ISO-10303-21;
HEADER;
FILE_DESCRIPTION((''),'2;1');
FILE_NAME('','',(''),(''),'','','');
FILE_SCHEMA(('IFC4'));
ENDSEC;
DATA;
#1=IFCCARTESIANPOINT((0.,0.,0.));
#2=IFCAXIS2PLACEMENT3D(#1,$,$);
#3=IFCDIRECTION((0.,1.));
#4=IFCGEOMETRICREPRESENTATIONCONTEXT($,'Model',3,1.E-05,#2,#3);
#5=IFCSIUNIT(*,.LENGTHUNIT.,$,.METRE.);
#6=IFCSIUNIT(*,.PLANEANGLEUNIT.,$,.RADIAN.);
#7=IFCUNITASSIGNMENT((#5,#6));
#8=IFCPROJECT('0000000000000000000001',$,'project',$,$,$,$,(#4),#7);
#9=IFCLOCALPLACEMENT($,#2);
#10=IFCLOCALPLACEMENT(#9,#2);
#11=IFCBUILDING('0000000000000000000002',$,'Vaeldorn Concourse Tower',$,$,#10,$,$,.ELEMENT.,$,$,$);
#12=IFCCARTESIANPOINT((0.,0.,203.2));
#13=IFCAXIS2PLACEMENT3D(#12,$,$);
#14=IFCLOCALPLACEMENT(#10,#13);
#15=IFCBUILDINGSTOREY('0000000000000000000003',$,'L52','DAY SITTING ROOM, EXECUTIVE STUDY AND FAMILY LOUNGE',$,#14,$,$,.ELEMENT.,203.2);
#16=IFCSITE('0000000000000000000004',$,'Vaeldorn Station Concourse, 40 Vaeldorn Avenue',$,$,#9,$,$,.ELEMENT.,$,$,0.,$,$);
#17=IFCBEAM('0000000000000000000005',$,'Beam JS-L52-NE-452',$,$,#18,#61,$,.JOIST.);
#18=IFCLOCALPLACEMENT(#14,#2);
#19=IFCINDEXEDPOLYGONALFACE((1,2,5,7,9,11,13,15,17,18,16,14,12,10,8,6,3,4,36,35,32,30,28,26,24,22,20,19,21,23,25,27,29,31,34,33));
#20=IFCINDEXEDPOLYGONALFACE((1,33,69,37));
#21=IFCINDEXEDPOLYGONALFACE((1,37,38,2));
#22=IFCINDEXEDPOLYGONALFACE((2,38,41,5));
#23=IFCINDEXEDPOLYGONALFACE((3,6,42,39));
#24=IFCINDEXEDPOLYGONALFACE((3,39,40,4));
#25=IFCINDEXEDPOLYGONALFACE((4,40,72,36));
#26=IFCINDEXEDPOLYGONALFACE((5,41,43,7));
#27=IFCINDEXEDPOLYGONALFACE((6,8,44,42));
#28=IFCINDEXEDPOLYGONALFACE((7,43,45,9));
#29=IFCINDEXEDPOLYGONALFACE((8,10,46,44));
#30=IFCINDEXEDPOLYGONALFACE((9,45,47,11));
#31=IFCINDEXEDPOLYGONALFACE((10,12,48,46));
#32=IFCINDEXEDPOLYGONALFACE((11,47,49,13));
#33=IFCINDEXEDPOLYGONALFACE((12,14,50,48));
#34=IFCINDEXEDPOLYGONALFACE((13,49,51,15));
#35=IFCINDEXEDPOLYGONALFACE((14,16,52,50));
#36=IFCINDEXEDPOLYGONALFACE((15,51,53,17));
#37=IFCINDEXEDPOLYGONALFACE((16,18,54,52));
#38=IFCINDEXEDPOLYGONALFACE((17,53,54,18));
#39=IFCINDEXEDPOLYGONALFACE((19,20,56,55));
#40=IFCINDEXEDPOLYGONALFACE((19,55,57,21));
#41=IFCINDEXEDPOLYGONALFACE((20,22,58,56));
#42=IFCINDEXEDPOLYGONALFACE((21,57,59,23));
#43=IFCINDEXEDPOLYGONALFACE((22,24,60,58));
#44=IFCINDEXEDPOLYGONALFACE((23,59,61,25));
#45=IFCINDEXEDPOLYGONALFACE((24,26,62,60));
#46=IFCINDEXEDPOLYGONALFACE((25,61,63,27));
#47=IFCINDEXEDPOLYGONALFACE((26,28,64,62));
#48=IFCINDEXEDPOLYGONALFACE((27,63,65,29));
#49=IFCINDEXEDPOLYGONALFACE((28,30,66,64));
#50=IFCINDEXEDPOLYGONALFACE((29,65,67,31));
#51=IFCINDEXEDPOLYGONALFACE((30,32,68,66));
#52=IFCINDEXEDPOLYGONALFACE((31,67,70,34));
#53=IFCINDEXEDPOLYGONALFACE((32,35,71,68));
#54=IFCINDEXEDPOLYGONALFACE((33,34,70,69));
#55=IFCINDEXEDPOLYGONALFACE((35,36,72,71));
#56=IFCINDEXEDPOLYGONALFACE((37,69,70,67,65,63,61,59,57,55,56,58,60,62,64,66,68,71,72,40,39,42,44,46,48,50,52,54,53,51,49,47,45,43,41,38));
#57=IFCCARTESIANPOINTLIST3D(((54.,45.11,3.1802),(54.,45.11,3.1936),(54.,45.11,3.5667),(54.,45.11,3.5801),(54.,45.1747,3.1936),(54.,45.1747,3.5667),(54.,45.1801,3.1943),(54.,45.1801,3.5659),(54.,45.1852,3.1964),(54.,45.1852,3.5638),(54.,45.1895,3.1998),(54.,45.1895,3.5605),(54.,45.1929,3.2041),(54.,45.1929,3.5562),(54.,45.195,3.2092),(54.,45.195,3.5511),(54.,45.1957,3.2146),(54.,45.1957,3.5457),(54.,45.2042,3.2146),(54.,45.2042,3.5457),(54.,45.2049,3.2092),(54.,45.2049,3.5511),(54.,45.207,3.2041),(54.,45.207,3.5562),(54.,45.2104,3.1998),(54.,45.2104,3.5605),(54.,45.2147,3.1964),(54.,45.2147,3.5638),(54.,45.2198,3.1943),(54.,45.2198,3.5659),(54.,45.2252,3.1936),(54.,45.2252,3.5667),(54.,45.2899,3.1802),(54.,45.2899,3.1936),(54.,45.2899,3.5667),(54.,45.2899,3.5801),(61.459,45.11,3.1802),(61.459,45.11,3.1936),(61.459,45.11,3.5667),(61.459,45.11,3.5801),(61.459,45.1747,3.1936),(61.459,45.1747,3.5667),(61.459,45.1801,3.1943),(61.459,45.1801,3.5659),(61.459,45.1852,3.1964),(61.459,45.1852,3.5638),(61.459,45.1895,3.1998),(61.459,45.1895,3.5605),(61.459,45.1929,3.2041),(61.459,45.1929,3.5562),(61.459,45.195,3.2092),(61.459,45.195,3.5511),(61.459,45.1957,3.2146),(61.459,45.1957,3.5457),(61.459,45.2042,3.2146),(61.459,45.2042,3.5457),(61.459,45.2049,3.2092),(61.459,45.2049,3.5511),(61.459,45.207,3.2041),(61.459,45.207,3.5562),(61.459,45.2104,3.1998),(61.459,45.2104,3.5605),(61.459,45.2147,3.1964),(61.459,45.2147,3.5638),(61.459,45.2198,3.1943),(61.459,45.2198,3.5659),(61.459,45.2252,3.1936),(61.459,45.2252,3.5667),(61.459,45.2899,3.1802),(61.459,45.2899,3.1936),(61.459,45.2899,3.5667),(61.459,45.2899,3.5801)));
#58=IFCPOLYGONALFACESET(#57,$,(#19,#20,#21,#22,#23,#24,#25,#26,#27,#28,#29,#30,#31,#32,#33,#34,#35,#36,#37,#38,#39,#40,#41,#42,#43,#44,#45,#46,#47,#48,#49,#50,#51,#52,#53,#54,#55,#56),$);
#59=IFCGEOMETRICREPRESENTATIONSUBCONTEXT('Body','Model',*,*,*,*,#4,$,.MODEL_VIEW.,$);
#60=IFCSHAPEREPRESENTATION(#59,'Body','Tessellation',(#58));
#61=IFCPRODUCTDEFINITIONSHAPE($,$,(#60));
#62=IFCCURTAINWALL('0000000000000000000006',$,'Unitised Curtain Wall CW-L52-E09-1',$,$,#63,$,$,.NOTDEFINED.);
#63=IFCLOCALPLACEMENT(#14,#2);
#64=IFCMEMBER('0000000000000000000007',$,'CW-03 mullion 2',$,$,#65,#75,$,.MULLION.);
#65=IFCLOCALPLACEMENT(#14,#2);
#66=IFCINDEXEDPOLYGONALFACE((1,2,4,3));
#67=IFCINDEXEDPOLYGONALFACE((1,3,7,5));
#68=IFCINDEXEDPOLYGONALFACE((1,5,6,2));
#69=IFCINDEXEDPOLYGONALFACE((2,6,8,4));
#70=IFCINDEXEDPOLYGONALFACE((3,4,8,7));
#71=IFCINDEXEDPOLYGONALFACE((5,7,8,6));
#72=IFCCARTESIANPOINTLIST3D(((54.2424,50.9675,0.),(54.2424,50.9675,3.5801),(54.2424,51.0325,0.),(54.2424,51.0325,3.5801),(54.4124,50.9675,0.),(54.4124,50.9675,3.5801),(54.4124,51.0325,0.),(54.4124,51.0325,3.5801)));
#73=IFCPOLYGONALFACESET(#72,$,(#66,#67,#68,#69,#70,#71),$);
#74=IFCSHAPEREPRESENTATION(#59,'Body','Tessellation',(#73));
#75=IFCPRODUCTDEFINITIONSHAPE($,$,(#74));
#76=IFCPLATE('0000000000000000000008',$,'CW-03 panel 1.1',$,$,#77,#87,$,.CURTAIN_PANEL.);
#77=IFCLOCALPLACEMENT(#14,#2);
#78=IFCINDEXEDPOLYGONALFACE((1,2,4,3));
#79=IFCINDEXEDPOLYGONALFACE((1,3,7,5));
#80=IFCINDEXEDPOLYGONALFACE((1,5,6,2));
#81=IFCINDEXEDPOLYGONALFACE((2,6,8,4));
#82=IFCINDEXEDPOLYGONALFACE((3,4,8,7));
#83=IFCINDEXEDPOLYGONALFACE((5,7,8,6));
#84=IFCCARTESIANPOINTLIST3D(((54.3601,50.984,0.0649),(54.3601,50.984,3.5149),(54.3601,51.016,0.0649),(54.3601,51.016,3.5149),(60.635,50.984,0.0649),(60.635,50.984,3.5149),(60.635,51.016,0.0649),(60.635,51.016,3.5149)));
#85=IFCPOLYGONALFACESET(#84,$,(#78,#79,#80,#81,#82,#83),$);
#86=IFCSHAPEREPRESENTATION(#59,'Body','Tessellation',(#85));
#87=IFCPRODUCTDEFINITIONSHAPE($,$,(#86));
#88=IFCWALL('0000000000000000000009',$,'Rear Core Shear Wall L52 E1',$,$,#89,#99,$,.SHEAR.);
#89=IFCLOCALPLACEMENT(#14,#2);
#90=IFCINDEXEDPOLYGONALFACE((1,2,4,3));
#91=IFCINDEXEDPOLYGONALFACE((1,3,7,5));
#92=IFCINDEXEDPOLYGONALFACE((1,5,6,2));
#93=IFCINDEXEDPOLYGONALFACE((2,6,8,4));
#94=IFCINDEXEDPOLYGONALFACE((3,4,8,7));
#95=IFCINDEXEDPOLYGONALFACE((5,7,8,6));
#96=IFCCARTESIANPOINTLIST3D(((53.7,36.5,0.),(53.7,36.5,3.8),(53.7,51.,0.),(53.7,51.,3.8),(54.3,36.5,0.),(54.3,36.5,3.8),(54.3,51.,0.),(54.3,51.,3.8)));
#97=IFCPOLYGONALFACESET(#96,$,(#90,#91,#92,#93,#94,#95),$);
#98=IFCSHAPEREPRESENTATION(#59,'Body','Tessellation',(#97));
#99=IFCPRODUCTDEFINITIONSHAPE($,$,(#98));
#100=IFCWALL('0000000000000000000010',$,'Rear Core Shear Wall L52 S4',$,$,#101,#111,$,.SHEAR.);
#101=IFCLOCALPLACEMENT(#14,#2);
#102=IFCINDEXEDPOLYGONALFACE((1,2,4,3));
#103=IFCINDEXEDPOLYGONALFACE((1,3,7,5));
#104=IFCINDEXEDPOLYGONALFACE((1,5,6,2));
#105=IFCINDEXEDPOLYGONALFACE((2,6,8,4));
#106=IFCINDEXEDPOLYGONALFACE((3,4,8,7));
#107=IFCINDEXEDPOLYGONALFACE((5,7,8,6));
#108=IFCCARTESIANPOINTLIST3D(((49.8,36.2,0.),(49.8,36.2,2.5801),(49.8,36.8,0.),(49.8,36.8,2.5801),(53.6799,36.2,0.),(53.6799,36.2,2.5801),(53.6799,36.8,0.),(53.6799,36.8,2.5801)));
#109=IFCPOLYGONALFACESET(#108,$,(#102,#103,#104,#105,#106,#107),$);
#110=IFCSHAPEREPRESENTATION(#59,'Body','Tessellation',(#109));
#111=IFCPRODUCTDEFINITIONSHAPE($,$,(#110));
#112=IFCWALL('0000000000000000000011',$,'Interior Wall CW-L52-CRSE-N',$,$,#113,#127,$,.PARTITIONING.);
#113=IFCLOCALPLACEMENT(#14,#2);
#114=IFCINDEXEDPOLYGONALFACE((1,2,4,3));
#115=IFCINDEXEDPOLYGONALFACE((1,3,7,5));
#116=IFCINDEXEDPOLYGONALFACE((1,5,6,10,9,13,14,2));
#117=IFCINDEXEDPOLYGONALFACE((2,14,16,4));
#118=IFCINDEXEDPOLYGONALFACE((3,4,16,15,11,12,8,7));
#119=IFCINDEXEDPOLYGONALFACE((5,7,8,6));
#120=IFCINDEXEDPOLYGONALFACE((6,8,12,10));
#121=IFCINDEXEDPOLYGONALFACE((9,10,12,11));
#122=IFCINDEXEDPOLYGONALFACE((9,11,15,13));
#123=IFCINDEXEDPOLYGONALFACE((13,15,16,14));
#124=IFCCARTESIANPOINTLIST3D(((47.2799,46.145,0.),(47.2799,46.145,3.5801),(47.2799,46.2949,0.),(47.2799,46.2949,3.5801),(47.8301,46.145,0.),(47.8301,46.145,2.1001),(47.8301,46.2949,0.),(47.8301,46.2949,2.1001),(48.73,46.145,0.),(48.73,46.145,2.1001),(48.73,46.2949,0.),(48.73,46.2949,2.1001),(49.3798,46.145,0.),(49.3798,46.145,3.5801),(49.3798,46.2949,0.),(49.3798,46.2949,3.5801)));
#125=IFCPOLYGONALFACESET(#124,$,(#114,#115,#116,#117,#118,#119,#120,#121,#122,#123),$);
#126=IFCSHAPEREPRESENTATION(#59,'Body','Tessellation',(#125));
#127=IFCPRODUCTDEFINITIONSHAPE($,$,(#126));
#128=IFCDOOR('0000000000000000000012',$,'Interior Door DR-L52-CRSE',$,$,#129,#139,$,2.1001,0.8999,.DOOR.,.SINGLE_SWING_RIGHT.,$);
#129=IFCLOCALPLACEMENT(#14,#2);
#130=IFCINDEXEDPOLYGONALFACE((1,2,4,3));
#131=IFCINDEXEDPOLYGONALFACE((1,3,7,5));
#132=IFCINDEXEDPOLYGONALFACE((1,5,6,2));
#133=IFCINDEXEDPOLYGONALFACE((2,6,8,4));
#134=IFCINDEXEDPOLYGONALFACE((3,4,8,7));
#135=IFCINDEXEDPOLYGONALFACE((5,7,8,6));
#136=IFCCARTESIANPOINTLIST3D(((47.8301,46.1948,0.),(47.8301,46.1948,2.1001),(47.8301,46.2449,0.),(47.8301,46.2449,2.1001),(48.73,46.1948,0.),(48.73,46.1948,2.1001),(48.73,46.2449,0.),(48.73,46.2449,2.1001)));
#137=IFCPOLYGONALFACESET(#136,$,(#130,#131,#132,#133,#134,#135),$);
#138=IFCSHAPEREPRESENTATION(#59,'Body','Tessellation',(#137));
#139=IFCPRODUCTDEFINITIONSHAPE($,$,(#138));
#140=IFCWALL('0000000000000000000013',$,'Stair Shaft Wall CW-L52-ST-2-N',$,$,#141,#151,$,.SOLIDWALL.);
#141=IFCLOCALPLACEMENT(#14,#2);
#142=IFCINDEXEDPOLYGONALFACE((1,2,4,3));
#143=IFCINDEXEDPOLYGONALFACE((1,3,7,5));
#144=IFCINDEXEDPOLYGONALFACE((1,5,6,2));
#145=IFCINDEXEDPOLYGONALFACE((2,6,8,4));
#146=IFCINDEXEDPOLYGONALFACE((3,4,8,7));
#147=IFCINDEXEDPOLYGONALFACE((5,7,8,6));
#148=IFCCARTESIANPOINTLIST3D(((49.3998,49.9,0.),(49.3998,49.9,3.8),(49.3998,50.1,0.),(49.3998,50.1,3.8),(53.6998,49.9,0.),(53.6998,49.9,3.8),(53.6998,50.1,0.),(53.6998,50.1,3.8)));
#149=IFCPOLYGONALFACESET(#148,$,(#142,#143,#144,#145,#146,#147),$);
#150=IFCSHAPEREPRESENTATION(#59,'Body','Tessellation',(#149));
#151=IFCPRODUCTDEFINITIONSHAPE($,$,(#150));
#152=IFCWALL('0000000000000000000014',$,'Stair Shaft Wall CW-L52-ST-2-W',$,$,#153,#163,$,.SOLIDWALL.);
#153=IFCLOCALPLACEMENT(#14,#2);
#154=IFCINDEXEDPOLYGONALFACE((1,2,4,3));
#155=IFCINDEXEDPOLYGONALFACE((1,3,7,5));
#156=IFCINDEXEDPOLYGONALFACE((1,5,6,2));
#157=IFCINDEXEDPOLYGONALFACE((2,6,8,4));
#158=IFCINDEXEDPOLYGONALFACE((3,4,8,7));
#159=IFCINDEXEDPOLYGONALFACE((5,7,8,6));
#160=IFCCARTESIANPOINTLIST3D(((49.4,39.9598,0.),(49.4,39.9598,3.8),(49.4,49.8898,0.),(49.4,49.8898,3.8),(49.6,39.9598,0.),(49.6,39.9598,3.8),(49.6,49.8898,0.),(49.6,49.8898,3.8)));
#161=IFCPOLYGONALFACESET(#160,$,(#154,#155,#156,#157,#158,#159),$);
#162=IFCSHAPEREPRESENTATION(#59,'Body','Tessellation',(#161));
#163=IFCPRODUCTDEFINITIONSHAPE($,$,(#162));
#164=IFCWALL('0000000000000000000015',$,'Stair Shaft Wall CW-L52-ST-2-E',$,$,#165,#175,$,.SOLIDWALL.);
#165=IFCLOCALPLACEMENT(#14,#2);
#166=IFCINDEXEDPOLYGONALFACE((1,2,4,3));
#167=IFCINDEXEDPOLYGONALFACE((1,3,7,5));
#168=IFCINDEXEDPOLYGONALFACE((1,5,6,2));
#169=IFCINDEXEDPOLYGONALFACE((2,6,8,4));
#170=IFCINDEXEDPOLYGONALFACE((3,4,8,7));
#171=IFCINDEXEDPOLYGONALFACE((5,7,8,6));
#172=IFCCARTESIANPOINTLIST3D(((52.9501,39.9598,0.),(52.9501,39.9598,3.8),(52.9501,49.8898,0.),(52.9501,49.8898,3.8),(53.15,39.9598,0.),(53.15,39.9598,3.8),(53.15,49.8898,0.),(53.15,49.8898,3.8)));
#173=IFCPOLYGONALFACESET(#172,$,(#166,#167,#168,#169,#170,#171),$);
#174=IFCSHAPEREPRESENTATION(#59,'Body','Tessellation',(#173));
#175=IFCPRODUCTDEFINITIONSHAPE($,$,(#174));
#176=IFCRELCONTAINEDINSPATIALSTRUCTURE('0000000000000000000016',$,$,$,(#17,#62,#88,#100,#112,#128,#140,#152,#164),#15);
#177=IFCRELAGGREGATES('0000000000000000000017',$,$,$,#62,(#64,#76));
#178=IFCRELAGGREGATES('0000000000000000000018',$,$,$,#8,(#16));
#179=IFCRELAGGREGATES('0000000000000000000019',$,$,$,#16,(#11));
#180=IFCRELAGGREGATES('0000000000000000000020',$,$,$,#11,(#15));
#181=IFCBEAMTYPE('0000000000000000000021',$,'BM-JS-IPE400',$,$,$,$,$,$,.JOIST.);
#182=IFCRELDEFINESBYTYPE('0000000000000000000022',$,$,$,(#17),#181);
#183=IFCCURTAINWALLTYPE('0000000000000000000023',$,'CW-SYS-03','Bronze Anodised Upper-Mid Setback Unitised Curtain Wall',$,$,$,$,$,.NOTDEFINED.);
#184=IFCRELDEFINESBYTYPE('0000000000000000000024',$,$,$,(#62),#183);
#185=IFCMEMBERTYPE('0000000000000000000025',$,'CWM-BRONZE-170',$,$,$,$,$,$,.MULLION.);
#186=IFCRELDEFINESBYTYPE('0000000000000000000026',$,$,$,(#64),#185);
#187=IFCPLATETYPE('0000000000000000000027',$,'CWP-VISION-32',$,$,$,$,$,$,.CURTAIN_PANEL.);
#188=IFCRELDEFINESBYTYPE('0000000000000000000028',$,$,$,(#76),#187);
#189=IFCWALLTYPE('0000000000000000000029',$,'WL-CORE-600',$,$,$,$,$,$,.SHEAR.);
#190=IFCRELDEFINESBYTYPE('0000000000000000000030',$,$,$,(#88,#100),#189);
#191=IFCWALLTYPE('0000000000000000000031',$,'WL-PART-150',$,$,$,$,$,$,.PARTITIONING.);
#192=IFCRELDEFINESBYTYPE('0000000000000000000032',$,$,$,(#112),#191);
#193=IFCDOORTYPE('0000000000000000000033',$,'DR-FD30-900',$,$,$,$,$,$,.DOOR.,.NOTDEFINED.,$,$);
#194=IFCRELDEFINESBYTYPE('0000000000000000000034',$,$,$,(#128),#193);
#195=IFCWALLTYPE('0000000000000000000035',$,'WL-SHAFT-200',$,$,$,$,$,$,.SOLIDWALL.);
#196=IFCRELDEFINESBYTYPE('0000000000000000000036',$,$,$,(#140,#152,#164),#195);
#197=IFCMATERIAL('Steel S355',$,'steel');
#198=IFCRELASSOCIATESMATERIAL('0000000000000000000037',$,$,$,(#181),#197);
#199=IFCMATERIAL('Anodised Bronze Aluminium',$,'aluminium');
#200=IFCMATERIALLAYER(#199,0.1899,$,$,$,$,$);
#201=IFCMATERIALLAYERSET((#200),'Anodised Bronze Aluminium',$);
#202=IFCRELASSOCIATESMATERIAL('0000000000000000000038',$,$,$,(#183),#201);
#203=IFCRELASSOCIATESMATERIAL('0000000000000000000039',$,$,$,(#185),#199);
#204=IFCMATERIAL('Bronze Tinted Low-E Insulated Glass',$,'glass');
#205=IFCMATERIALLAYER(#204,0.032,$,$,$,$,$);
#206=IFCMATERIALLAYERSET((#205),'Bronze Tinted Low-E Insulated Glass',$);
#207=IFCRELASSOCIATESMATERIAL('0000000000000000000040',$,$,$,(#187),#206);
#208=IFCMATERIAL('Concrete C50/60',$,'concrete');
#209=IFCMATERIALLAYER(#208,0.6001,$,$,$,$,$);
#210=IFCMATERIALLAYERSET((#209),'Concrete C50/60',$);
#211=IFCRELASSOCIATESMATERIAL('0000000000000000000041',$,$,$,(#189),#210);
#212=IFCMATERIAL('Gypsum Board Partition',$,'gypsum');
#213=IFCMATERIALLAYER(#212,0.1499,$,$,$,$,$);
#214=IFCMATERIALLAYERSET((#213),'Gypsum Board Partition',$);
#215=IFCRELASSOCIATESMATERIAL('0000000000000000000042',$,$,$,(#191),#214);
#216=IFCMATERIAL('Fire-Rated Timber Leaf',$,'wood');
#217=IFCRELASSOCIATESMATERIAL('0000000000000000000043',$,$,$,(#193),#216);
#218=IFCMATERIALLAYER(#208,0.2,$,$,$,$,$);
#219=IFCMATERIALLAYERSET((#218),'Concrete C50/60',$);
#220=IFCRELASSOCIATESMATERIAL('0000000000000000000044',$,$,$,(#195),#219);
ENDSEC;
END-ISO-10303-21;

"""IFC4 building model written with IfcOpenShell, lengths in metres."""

from ifc_helpers import new_model, si_unit, direction, frame, frame_2d, origin, origin_2d, place, context, subcontext, project, spatial, rectangle, i_section, extrude, source, transform, mapped, material, layer, layer_set, material_profile, profile_set, type_object, element, fill, aggregate, save


model = new_model("IFC4")

# Units and contexts
model_context = context("Model", 3, precision=1e-05, world=origin(), true_north=direction((0.0, 1.0)))
body_context = subcontext(model_context, "Body", "Model", "MODEL_VIEW")
ifc_project = project(units=[si_unit("LENGTHUNIT", "METRE"), si_unit("PLANEANGLEUNIT", "RADIAN")], contexts=[model_context])

# Site, building, storey
site_placement = place(None, origin())
site = spatial("IfcSite", under=ifc_project, at=site_placement, Name="Vaeldorn Station Concourse, 40 Vaeldorn Avenue", CompositionType="ELEMENT", RefElevation=0.0)
building_placement = place(site_placement, origin())
building = spatial("IfcBuilding", under=site, at=building_placement, Name="Vaeldorn Concourse Tower", CompositionType="ELEMENT")
storey_placement = place(building_placement, frame((0.0, 0.0, 203.2)))
storey = spatial("IfcBuildingStorey", under=building, at=storey_placement, Name="L52", Description="DAY SITTING ROOM, EXECUTIVE STUDY AND FAMILY LOUNGE", CompositionType="ELEMENT", Elevation=203.2)

# Shared definitions
ifc_material_1 = material(Name="Concrete C50/60", Category="concrete")

# Beam
ifc_material_2 = material(Name="Steel S355", Category="steel")
ifc_material_profile_1 = material_profile(ifc_material_2, i_section(OverallWidth=0.1799, OverallDepth=0.3999, WebThickness=0.0085, FlangeThickness=0.0134, FilletRadius=0.021, at=origin_2d()), Name="IPE 400")
ifc_profile_set_1 = profile_set([ifc_material_profile_1], Name="Steel S355")
beam_type_1 = type_object("IfcBeamType", Name="BM-JS-IPE400", PredefinedType="JOIST", material=ifc_profile_set_1)
shared_shape_1 = source(origin(), body_context, "Body", "SweptSolid", [
    extrude(i_section(OverallWidth=0.1799, OverallDepth=0.3999, WebThickness=0.0085, FlangeThickness=0.0134, FilletRadius=0.021, at=origin_2d()), origin(), (0.0, 0.0, 1.0), 7.459),
])
beam_1_placement = place(storey_placement, frame((54.0, 45.2, 3.3801), z_axis=(1.0, 0.0, 0.0), x_axis=(0.0, 1.0, 0.0)))
element("IfcBeam", 1, at=beam_1_placement, inside=storey, type_object=beam_type_1, Name="Beam JS-L52-NE-452", PredefinedType="JOIST", context=body_context, shape_type="MappedRepresentation", body=[
    mapped(shared_shape_1, transform((0.0, 0.0, 0.0), scale=1.0)),
])

# Curtain wall, member, plate
ifc_material_3 = material(Name="Anodised Bronze Aluminium", Category="aluminium")
ifc_layer_1 = layer(ifc_material_3, 0.1899)
ifc_layer_set_1 = layer_set([ifc_layer_1], Name="Anodised Bronze Aluminium")
curtain_wall_type = type_object("IfcCurtainWallType", Name="CW-SYS-03", Description="Bronze Anodised Upper-Mid Setback Unitised Curtain Wall", PredefinedType="NOTDEFINED", material=ifc_layer_set_1)
curtain_wall_placement = place(storey_placement, origin())
curtain_wall = element("IfcCurtainWall", 2, at=curtain_wall_placement, inside=storey, type_object=curtain_wall_type, Name="Unitised Curtain Wall CW-L52-E09-1", PredefinedType="NOTDEFINED")
ifc_material_profile_2 = material_profile(ifc_material_3, rectangle(XDim=0.0649, YDim=0.1699, at=origin_2d()), Name="CWM 65x170")
ifc_profile_set_2 = profile_set([ifc_material_profile_2], Name="Anodised Bronze Aluminium")
member_type = type_object("IfcMemberType", Name="CWM-BRONZE-170", PredefinedType="MULLION", material=ifc_profile_set_2)
shared_shape_2 = source(origin(), body_context, "Body", "SweptSolid", [
    extrude(rectangle(XDim=0.0649, YDim=0.1699, at=origin_2d()), origin(), (0.0, 0.0, 1.0), 3.5801),
])
member_placement = place(storey_placement, frame((54.3274, 51.0, 0.0), z_axis=(0.0, 0.0, 1.0), x_axis=(0.0, -1.0, 0.0)))
member = element("IfcMember", 3, at=member_placement, type_object=member_type, Name="CW-03 mullion 2", PredefinedType="MULLION", context=body_context, shape_type="MappedRepresentation", body=[
    mapped(shared_shape_2, transform((0.0, 0.0, 0.0), scale=1.0)),
])
ifc_material_4 = material(Name="Bronze Tinted Low-E Insulated Glass", Category="glass")
ifc_layer_2 = layer(ifc_material_4, 0.032)
ifc_layer_set_2 = layer_set([ifc_layer_2], Name="Bronze Tinted Low-E Insulated Glass")
plate_type = type_object("IfcPlateType", Name="CWP-VISION-32", PredefinedType="CURTAIN_PANEL", material=ifc_layer_set_2)
shared_shape_3 = source(origin(), body_context, "Body", "SweptSolid", [
    extrude(rectangle(XDim=6.2749, YDim=0.032, at=origin_2d()), origin(), (0.0, 0.0, 1.0), 3.45),
])
plate_placement = place(storey_placement, frame((57.4976, 51.0, 0.0649), z_axis=(0.0, 0.0, 1.0), x_axis=(-1.0, 0.0, 0.0)))
plate = element("IfcPlate", 4, at=plate_placement, type_object=plate_type, Name="CW-03 panel 1.1", PredefinedType="CURTAIN_PANEL", context=body_context, shape_type="MappedRepresentation", body=[
    mapped(shared_shape_3, transform((0.0, 0.0, 0.0), scale=1.0)),
])
aggregate(curtain_wall, [member, plate])

# Walls
ifc_layer_3 = layer(ifc_material_1, 0.6001)
ifc_layer_set_3 = layer_set([ifc_layer_3], Name="Concrete C50/60")
wall_type_1 = type_object("IfcWallType", Name="WL-CORE-600", PredefinedType="SHEAR", material=ifc_layer_set_3)
wall_1_placement = place(storey_placement, frame((54.0, 36.5, 0.0), z_axis=(0.0, 0.0, 1.0), x_axis=(0.0, 1.0, 0.0)))
element("IfcWall", 5, at=wall_1_placement, inside=storey, type_object=wall_type_1, Name="Rear Core Shear Wall L52 E1", PredefinedType="SHEAR", context=body_context, shape_type="SweptSolid", body=[
    extrude(rectangle(XDim=14.5, YDim=0.6001, at=frame_2d((7.25, 0.0))), origin(), (0.0, 0.0, 1.0), 3.8),
])
wall_2_placement = place(storey_placement, frame((49.8, 36.5, 0.0), z_axis=(0.0, 0.0, 1.0), x_axis=(1.0, 0.0, 0.0)))
element("IfcWall", 6, at=wall_2_placement, inside=storey, type_object=wall_type_1, Name="Rear Core Shear Wall L52 S4", PredefinedType="SHEAR", context=body_context, shape_type="SweptSolid", body=[
    extrude(rectangle(XDim=3.8799, YDim=0.6001, at=frame_2d((1.9399, 0.0))), origin(), (0.0, 0.0, 1.0), 2.5801),
])

# Wall, opening, door
ifc_material_5 = material(Name="Gypsum Board Partition", Category="gypsum")
ifc_layer_4 = layer(ifc_material_5, 0.1499)
ifc_layer_set_4 = layer_set([ifc_layer_4], Name="Gypsum Board Partition")
wall_type_2 = type_object("IfcWallType", Name="WL-PART-150", PredefinedType="PARTITIONING", material=ifc_layer_set_4)
wall_3_placement = place(storey_placement, frame((47.28, 46.22, 0.0), z_axis=(0.0, 0.0, 1.0), x_axis=(1.0, 0.0, 0.0)))
wall_3 = element("IfcWall", 7, at=wall_3_placement, inside=storey, type_object=wall_type_2, Name="Interior Wall CW-L52-CRSE-N", PredefinedType="PARTITIONING", context=body_context, shape_type="SweptSolid", body=[
    extrude(rectangle(XDim=2.0999, YDim=0.1499, at=frame_2d((1.0498, 0.0))), origin(), (0.0, 0.0, 1.0), 3.5801),
])
opening_1_placement = place(wall_3_placement, frame((0.55, 0.0, 0.0)))
opening_1 = element("IfcOpeningElement", 8, at=opening_1_placement, cuts=wall_3, PredefinedType="OPENING", context=body_context, shape_type="SweptSolid", body=[
    extrude(rectangle(XDim=0.8999, YDim=2.1001, at=frame_2d((0.45, 1.05))), frame((0.0, 0.085, 0.0), z_axis=(0.0, -1.0, 0.0), x_axis=(1.0, 0.0, 0.0)), (0.0, 0.0, 1.0), 0.1699),
])
ifc_material_6 = material(Name="Fire-Rated Timber Leaf", Category="wood")
door_type_1 = type_object("IfcDoorType", Name="DR-FD30-900", OperationType="NOTDEFINED", PredefinedType="DOOR", material=ifc_material_6)
shared_shape_4 = source(origin(), body_context, "Body", "SweptSolid", [
    extrude(rectangle(XDim=0.8999, YDim=2.1001, at=frame_2d((0.45, 1.05))), frame((0.0, 0.0249, 0.0), z_axis=(0.0, -1.0, 0.0), x_axis=(1.0, 0.0, 0.0)), (0.0, 0.0, 1.0), 0.05),
])
door_1_placement = place(opening_1_placement, origin())
door_1 = element("IfcDoor", 9, at=door_1_placement, inside=storey, type_object=door_type_1, Name="Interior Door DR-L52-CRSE", OperationType="SINGLE_SWING_RIGHT", OverallHeight=2.1001, OverallWidth=0.8999, PredefinedType="DOOR", context=body_context, shape_type="MappedRepresentation", body=[
    mapped(shared_shape_4, transform((0.0, 0.0, 0.0), scale=1.0)),
])
fill(opening_1, door_1)
ifc_layer_5 = layer(ifc_material_1, 0.2)
ifc_layer_set_5 = layer_set([ifc_layer_5], Name="Concrete C50/60")
wall_type_3 = type_object("IfcWallType", Name="WL-SHAFT-200", PredefinedType="SOLIDWALL", material=ifc_layer_set_5)

# Walls
wall_4_placement = place(storey_placement, frame((49.3999, 50.0, 0.0), z_axis=(0.0, 0.0, 1.0), x_axis=(1.0, 0.0, 0.0)))
element("IfcWall", 10, at=wall_4_placement, inside=storey, type_object=wall_type_3, Name="Stair Shaft Wall CW-L52-ST-2-N", PredefinedType="SOLIDWALL", context=body_context, shape_type="SweptSolid", body=[
    extrude(rectangle(XDim=4.3, YDim=0.2, at=frame_2d((2.1499, 0.0))), origin(), (0.0, 0.0, 1.0), 3.8),
])
for number, where, z_axis, x_axis, name in (
    (11, (49.5, 39.96, 0.0), (0.0, 0.0, 1.0), (0.0, 1.0, 0.0), "Stair Shaft Wall CW-L52-ST-2-W"),
    (12, (53.05, 39.96, 0.0), (0.0, 0.0, 1.0), (0.0, 1.0, 0.0), "Stair Shaft Wall CW-L52-ST-2-E"),
):
    element("IfcWall", number, at=place(storey_placement, frame(where, z_axis=z_axis, x_axis=x_axis)), inside=storey, type_object=wall_type_3, Name=name, PredefinedType="SOLIDWALL", context=body_context, shape_type="SweptSolid", body=[
        extrude(rectangle(XDim=9.9299, YDim=0.2, at=frame_2d((4.9648, 0.0))), origin(), (0.0, 0.0, 1.0), 3.8),
    ])

save(model, "model.ifc")
